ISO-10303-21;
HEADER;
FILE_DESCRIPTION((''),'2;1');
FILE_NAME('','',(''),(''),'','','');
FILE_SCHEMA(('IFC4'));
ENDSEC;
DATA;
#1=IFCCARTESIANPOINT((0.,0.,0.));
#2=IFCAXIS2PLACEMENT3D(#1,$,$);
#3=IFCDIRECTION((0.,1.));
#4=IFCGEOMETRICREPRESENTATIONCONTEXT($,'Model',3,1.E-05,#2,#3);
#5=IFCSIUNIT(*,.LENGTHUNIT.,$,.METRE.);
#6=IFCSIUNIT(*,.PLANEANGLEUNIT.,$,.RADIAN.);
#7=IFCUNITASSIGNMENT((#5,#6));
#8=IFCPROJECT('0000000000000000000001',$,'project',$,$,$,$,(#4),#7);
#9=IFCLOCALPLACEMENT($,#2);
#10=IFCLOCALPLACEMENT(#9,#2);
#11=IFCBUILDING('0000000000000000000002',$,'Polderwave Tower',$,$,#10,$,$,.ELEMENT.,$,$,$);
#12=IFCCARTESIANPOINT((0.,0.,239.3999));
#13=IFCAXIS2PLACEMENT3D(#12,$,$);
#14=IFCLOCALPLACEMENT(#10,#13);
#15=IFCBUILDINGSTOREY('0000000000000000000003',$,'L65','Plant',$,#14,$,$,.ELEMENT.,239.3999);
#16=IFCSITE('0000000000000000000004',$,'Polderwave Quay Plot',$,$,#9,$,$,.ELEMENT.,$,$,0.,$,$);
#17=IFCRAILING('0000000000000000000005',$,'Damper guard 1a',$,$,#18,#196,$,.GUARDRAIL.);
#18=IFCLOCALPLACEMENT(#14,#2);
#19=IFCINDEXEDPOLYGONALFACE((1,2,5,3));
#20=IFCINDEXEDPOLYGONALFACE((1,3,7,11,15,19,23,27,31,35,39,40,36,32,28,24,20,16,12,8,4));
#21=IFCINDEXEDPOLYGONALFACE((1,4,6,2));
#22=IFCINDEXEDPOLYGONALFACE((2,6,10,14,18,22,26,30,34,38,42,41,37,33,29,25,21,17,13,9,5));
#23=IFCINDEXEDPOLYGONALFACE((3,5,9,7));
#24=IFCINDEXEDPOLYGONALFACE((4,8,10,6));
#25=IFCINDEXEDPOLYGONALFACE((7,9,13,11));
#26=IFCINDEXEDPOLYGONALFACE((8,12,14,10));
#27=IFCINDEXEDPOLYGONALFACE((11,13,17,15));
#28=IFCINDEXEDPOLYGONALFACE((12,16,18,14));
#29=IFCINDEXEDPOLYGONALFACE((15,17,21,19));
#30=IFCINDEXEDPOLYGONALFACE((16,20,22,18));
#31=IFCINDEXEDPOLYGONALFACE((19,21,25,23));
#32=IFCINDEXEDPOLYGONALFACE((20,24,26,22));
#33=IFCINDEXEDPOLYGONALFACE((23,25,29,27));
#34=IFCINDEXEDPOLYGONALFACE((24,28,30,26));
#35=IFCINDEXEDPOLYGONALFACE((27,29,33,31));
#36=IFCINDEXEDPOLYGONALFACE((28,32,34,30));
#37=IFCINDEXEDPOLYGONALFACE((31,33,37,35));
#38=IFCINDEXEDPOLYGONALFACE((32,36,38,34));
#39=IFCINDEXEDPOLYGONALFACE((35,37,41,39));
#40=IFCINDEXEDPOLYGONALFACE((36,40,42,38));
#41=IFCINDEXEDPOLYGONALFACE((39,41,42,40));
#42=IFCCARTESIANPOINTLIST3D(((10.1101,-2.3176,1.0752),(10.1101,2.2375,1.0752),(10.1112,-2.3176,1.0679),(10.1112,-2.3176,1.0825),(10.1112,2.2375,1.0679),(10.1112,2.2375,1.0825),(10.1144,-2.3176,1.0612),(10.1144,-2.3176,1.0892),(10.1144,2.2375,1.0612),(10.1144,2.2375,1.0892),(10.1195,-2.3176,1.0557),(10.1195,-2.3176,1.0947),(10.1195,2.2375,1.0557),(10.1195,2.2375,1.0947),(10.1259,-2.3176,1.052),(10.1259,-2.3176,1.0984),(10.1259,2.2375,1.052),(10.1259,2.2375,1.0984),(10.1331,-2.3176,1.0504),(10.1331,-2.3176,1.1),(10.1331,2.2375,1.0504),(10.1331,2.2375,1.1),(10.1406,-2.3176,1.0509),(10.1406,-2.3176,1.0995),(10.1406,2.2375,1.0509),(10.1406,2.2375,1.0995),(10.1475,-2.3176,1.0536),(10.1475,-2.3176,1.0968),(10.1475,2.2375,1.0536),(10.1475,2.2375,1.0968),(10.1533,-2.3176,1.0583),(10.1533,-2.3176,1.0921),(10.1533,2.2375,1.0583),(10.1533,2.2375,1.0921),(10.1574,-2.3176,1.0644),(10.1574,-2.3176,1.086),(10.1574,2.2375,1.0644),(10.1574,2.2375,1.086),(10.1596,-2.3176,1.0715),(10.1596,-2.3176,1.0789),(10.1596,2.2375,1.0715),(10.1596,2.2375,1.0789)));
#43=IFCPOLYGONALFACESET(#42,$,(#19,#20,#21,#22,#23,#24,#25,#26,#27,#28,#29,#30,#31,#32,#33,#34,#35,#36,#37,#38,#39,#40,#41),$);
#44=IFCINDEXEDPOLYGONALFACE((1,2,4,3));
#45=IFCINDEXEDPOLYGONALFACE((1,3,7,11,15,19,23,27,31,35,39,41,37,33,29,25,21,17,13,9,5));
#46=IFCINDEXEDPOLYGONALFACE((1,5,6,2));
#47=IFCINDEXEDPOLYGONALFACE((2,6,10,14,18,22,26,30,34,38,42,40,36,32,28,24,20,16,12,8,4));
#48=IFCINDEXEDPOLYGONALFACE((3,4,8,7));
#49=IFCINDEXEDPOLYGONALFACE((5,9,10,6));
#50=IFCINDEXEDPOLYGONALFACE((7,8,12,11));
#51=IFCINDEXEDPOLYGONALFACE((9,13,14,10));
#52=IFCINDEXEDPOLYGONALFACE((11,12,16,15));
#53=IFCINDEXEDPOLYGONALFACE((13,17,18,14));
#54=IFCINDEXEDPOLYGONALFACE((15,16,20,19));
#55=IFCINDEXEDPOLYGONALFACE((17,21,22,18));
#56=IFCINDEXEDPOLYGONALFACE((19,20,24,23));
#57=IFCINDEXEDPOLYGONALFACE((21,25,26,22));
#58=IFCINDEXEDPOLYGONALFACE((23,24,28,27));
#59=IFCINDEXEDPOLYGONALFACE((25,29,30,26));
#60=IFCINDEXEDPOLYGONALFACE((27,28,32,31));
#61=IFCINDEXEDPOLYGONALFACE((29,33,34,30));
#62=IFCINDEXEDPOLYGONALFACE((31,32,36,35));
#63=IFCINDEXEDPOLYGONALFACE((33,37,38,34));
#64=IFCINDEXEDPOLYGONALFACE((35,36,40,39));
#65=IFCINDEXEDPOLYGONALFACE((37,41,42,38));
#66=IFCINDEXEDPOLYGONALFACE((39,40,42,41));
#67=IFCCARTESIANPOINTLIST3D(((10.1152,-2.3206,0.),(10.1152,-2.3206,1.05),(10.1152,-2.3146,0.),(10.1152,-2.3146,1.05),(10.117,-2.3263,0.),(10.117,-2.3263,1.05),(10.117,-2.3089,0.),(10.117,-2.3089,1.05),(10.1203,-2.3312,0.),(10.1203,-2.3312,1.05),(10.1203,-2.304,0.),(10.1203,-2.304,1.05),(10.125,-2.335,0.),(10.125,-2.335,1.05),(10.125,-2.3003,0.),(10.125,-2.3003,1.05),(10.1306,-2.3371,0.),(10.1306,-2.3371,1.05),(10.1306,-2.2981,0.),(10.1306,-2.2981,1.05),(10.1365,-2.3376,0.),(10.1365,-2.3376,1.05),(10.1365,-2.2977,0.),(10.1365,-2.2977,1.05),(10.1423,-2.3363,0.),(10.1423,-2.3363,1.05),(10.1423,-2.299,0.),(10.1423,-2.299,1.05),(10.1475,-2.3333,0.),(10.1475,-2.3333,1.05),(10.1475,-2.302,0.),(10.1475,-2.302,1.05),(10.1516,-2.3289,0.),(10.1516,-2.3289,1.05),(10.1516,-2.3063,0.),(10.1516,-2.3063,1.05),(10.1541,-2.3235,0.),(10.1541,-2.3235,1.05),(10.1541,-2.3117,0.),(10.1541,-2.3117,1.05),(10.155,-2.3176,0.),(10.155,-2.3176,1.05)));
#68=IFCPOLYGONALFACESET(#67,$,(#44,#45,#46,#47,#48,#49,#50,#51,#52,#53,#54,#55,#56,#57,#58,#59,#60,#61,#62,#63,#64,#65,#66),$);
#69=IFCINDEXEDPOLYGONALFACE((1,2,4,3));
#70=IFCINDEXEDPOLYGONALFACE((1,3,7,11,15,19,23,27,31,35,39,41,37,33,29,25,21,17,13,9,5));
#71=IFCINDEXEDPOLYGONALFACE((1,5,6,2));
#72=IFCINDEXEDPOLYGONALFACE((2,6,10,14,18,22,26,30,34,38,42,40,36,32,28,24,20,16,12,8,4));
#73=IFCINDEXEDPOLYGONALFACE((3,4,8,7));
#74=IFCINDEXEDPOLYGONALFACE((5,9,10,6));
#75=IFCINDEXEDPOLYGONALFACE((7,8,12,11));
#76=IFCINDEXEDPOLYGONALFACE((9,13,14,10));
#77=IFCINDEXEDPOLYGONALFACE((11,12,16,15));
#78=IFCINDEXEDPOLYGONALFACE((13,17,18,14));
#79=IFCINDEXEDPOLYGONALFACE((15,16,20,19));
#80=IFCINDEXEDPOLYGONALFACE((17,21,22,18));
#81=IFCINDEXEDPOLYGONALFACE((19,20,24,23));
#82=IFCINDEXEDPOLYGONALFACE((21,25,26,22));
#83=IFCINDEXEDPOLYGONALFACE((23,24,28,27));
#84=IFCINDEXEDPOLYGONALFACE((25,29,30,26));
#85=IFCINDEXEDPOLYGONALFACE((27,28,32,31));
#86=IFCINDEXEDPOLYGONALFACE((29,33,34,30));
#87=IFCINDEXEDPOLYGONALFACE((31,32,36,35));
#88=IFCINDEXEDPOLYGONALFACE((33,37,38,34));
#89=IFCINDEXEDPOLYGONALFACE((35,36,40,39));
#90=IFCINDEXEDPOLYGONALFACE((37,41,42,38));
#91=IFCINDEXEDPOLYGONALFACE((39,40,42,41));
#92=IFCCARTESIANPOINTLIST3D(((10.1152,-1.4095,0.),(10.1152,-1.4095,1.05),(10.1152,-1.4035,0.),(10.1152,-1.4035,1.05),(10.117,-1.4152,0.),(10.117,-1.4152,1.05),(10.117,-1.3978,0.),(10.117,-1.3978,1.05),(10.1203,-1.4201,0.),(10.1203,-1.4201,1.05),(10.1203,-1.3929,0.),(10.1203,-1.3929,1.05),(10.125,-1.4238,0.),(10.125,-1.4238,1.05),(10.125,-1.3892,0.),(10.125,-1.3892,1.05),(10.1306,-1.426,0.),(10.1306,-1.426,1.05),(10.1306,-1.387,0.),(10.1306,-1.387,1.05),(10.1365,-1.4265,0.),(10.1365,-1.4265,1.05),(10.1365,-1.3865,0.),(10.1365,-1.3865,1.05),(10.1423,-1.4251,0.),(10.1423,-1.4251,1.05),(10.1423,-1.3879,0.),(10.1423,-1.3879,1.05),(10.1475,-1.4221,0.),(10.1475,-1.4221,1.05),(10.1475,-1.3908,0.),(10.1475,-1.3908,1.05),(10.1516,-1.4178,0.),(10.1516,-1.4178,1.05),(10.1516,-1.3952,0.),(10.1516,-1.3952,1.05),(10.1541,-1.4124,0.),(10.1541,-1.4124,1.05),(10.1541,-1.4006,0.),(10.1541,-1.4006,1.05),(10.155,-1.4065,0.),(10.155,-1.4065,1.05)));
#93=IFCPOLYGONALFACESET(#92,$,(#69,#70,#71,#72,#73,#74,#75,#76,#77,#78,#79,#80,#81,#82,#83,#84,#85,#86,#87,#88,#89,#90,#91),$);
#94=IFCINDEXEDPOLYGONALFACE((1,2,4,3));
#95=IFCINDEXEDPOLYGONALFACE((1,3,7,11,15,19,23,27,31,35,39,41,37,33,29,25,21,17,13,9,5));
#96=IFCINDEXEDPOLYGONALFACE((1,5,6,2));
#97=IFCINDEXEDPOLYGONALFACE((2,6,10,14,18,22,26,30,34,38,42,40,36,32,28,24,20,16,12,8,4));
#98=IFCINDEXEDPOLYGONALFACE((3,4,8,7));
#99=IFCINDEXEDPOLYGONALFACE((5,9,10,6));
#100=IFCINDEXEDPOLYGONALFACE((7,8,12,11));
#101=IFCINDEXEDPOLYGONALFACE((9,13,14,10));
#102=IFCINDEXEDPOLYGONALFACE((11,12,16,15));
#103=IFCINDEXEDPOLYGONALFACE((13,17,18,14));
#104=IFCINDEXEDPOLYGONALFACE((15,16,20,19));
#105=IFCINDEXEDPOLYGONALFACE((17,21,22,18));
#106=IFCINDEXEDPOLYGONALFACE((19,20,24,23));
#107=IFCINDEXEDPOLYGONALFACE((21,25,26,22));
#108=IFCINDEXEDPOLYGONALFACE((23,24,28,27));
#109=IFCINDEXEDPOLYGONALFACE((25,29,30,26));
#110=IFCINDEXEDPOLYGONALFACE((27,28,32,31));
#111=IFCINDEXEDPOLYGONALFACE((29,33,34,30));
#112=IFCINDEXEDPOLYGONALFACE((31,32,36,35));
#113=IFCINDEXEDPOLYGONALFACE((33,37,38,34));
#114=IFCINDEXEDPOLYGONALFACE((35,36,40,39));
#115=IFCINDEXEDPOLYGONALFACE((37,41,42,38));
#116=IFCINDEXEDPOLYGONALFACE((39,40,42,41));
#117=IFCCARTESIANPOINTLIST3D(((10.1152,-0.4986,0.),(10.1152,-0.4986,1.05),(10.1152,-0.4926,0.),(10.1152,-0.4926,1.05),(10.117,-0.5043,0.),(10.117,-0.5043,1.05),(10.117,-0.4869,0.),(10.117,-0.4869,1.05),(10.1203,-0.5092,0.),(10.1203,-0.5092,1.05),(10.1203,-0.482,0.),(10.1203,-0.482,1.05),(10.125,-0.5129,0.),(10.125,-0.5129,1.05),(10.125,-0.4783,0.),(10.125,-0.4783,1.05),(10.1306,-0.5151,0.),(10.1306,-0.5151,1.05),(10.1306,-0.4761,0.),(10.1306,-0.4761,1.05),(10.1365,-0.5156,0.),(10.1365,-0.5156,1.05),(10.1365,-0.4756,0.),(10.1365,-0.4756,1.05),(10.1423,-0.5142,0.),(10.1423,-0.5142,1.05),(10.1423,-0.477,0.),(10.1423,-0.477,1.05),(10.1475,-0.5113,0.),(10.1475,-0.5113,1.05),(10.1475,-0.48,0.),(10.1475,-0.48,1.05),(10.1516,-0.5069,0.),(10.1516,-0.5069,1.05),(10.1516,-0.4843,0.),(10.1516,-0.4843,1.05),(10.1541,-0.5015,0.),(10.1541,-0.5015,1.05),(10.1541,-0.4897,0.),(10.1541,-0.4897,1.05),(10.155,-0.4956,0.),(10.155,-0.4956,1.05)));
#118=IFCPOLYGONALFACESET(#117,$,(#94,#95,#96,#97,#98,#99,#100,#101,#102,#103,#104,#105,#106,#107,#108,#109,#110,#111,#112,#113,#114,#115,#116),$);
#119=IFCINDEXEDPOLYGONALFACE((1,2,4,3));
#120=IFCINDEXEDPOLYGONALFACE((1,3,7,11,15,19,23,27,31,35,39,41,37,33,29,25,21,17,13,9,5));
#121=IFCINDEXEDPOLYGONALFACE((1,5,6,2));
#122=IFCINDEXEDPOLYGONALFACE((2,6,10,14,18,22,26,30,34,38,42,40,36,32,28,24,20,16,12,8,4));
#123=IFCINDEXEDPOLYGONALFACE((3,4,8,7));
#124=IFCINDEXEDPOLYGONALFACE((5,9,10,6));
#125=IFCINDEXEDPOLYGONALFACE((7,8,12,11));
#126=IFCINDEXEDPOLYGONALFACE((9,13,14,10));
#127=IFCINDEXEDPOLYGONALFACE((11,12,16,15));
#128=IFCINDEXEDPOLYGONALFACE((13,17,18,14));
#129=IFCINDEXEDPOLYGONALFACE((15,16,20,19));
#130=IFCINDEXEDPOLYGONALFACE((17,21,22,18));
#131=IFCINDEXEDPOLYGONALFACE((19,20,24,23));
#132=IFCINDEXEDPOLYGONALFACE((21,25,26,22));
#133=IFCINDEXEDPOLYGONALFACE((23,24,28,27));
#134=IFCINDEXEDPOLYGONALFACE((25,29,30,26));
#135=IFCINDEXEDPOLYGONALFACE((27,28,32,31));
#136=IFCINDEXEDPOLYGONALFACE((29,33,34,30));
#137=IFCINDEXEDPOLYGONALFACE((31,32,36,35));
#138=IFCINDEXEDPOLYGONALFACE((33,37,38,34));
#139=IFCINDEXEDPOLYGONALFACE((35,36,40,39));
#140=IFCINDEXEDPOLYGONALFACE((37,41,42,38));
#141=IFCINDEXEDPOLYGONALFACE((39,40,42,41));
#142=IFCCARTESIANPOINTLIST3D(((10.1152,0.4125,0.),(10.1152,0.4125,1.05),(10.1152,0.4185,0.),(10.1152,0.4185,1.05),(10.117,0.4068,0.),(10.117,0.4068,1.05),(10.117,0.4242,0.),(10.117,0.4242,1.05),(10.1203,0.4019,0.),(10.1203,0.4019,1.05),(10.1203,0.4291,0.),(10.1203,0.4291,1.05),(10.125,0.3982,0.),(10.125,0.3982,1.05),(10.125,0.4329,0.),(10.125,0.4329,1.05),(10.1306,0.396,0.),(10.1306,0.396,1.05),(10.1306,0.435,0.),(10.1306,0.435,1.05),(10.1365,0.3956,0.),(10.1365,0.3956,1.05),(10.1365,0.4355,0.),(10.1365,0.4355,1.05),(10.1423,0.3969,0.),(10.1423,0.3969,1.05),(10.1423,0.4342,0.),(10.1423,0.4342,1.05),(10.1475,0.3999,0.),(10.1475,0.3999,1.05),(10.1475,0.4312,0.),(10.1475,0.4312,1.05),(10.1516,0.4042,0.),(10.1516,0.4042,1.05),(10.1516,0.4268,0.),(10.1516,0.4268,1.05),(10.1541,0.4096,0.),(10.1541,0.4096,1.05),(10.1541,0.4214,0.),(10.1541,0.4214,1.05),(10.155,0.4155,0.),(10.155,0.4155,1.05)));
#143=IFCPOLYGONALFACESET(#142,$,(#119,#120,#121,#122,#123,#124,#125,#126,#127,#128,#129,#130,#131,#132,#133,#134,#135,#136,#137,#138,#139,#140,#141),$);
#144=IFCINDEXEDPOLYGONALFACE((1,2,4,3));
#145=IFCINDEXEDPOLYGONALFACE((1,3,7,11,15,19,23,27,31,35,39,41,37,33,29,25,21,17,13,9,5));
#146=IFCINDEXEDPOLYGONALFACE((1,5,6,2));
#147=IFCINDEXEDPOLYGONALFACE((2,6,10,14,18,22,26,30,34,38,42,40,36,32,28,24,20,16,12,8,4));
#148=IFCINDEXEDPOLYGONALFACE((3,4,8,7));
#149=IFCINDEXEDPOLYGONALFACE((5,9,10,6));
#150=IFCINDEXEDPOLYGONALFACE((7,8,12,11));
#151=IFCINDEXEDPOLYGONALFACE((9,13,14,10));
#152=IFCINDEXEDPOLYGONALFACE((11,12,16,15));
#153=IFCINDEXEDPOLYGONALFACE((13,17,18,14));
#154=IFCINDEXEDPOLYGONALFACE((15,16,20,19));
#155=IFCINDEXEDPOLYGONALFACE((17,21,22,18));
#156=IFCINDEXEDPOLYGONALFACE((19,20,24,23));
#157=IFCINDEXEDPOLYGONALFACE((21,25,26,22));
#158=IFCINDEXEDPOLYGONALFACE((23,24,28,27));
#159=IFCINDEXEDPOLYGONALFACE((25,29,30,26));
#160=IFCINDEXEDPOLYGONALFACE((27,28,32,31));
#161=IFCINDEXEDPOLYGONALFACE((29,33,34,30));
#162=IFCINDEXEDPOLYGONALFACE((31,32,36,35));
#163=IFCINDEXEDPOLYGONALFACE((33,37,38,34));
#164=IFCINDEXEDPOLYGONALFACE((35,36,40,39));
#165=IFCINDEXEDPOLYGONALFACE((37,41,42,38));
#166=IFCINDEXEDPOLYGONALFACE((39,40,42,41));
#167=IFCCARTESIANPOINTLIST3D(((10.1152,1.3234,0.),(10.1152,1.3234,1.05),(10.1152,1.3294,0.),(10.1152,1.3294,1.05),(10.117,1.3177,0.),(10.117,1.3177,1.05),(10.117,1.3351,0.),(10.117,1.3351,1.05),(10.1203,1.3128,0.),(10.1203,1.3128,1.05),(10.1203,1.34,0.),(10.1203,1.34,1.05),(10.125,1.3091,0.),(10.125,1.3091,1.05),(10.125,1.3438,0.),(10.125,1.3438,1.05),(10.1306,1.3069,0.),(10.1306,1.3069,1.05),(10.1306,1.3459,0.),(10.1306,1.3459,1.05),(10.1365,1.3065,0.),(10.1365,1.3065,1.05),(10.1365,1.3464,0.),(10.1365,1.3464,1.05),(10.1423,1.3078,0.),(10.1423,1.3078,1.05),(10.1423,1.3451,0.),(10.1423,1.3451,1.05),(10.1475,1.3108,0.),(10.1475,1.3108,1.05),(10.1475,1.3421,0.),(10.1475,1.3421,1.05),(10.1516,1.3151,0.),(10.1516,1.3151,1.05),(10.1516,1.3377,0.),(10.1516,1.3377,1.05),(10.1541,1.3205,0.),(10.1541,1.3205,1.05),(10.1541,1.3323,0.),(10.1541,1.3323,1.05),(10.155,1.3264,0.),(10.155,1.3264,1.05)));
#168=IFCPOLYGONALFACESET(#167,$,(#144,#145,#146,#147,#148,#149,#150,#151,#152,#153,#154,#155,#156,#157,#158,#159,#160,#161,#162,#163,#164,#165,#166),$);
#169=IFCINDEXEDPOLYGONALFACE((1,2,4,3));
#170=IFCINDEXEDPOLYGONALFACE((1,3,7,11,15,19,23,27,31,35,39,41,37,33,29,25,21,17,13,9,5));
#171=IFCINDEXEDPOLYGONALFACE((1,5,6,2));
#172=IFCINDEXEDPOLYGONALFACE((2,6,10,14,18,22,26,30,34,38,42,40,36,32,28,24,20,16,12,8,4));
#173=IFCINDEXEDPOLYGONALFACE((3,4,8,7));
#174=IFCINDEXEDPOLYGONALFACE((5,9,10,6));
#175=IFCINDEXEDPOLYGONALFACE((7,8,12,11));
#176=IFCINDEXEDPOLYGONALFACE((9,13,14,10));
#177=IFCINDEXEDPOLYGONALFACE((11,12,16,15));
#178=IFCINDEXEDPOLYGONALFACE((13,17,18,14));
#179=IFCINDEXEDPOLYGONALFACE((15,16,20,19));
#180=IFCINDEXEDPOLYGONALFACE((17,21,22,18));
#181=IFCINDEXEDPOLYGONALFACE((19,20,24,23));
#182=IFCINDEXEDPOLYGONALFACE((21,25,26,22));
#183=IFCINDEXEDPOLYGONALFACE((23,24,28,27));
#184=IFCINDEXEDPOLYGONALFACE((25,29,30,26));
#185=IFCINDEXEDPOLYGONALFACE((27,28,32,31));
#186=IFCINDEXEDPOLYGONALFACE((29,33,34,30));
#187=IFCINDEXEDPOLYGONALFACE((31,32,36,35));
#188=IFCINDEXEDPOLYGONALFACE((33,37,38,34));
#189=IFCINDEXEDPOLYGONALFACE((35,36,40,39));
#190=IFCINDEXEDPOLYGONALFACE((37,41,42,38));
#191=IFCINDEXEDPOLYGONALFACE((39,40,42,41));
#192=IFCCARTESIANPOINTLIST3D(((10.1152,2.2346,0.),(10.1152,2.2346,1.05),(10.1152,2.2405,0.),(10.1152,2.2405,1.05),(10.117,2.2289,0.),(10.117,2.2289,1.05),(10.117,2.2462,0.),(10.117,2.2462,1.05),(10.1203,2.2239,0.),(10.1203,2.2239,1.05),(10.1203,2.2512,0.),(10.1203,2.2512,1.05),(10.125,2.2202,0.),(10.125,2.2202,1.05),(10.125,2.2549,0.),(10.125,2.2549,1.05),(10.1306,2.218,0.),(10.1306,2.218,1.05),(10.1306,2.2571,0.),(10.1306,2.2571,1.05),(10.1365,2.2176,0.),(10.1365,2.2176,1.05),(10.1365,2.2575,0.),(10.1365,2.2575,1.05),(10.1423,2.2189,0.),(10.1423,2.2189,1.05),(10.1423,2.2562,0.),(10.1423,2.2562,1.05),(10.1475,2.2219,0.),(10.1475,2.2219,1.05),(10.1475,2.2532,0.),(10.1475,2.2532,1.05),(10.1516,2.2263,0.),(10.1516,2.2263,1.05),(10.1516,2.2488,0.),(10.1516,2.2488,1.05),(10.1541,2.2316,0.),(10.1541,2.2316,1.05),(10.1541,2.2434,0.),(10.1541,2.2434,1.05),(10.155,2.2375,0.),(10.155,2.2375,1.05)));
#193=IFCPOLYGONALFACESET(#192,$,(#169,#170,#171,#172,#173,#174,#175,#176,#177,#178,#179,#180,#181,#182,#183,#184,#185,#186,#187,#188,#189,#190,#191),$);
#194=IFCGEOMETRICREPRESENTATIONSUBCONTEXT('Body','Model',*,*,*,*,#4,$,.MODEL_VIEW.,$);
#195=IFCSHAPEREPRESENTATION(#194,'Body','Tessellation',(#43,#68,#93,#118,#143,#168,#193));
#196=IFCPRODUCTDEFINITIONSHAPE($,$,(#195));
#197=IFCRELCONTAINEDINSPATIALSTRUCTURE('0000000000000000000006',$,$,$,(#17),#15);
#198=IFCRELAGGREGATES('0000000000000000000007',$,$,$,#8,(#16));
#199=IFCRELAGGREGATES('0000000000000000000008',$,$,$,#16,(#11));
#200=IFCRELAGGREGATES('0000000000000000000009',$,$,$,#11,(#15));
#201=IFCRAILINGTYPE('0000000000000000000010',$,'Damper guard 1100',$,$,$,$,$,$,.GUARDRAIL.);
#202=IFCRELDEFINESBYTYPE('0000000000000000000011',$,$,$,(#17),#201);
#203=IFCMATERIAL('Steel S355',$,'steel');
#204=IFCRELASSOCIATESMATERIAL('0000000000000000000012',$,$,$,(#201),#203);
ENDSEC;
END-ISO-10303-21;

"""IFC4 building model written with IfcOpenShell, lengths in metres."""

from ifc_helpers import new_model, si_unit, direction, frame, origin, origin_2d, place, context, subcontext, project, spatial, circle, extrude, material, type_object, element, save


model = new_model("IFC4")

# Units and contexts
model_context = context("Model", 3, precision=1e-05, world=origin(), true_north=direction((0.0, 1.0)))
body_context = subcontext(model_context, "Body", "Model", "MODEL_VIEW")
ifc_project = project(units=[si_unit("LENGTHUNIT", "METRE"), si_unit("PLANEANGLEUNIT", "RADIAN")], contexts=[model_context])

# Site, building, storey
site_placement = place(None, origin())
site = spatial("IfcSite", under=ifc_project, at=site_placement, Name="Polderwave Quay Plot", CompositionType="ELEMENT", RefElevation=0.0)
building_placement = place(site_placement, origin())
building = spatial("IfcBuilding", under=site, at=building_placement, Name="Polderwave Tower", CompositionType="ELEMENT")
storey_placement = place(building_placement, frame((0.0, 0.0, 239.3999)))
storey = spatial("IfcBuildingStorey", under=building, at=storey_placement, Name="L65", Description="Plant", CompositionType="ELEMENT", Elevation=239.3999)

# Shared definitions
ifc_material_1 = material(Name="Steel S355", Category="steel")

# Railing
railing_type = type_object("IfcRailingType", Name="Damper guard 1100", PredefinedType="GUARDRAIL", material=ifc_material_1)
railing_1_placement = place(storey_placement, frame((10.135, -2.3176, 0.0)))
element("IfcRailing", 1, at=railing_1_placement, inside=storey, type_object=railing_type, Name="Damper guard 1a", PredefinedType="GUARDRAIL", context=body_context, shape_type="SweptSolid", body=[
    extrude(circle(Radius=0.0249, at=origin_2d()), frame((0.0, 0.0, 1.0752), z_axis=(0.0, 1.0, 0.0), x_axis=(-1.0, 0.0, 0.0)), (0.0, 0.0, 1.0), 4.5552),
    extrude(circle(Radius=0.02, at=origin_2d()), origin(), (0.0, 0.0, 1.0), 1.05),
    extrude(circle(Radius=0.02, at=origin_2d()), frame((0.0, 0.9111, 0.0)), (0.0, 0.0, 1.0), 1.05),
    extrude(circle(Radius=0.02, at=origin_2d()), frame((0.0, 1.822, 0.0)), (0.0, 0.0, 1.0), 1.05),
    extrude(circle(Radius=0.02, at=origin_2d()), frame((0.0, 2.7332, 0.0)), (0.0, 0.0, 1.0), 1.05),
    extrude(circle(Radius=0.02, at=origin_2d()), frame((0.0, 3.644, 0.0)), (0.0, 0.0, 1.0), 1.05),
    extrude(circle(Radius=0.02, at=origin_2d()), frame((0.0, 4.5552, 0.0)), (0.0, 0.0, 1.0), 1.05),
])

save(model, "model.ifc")
